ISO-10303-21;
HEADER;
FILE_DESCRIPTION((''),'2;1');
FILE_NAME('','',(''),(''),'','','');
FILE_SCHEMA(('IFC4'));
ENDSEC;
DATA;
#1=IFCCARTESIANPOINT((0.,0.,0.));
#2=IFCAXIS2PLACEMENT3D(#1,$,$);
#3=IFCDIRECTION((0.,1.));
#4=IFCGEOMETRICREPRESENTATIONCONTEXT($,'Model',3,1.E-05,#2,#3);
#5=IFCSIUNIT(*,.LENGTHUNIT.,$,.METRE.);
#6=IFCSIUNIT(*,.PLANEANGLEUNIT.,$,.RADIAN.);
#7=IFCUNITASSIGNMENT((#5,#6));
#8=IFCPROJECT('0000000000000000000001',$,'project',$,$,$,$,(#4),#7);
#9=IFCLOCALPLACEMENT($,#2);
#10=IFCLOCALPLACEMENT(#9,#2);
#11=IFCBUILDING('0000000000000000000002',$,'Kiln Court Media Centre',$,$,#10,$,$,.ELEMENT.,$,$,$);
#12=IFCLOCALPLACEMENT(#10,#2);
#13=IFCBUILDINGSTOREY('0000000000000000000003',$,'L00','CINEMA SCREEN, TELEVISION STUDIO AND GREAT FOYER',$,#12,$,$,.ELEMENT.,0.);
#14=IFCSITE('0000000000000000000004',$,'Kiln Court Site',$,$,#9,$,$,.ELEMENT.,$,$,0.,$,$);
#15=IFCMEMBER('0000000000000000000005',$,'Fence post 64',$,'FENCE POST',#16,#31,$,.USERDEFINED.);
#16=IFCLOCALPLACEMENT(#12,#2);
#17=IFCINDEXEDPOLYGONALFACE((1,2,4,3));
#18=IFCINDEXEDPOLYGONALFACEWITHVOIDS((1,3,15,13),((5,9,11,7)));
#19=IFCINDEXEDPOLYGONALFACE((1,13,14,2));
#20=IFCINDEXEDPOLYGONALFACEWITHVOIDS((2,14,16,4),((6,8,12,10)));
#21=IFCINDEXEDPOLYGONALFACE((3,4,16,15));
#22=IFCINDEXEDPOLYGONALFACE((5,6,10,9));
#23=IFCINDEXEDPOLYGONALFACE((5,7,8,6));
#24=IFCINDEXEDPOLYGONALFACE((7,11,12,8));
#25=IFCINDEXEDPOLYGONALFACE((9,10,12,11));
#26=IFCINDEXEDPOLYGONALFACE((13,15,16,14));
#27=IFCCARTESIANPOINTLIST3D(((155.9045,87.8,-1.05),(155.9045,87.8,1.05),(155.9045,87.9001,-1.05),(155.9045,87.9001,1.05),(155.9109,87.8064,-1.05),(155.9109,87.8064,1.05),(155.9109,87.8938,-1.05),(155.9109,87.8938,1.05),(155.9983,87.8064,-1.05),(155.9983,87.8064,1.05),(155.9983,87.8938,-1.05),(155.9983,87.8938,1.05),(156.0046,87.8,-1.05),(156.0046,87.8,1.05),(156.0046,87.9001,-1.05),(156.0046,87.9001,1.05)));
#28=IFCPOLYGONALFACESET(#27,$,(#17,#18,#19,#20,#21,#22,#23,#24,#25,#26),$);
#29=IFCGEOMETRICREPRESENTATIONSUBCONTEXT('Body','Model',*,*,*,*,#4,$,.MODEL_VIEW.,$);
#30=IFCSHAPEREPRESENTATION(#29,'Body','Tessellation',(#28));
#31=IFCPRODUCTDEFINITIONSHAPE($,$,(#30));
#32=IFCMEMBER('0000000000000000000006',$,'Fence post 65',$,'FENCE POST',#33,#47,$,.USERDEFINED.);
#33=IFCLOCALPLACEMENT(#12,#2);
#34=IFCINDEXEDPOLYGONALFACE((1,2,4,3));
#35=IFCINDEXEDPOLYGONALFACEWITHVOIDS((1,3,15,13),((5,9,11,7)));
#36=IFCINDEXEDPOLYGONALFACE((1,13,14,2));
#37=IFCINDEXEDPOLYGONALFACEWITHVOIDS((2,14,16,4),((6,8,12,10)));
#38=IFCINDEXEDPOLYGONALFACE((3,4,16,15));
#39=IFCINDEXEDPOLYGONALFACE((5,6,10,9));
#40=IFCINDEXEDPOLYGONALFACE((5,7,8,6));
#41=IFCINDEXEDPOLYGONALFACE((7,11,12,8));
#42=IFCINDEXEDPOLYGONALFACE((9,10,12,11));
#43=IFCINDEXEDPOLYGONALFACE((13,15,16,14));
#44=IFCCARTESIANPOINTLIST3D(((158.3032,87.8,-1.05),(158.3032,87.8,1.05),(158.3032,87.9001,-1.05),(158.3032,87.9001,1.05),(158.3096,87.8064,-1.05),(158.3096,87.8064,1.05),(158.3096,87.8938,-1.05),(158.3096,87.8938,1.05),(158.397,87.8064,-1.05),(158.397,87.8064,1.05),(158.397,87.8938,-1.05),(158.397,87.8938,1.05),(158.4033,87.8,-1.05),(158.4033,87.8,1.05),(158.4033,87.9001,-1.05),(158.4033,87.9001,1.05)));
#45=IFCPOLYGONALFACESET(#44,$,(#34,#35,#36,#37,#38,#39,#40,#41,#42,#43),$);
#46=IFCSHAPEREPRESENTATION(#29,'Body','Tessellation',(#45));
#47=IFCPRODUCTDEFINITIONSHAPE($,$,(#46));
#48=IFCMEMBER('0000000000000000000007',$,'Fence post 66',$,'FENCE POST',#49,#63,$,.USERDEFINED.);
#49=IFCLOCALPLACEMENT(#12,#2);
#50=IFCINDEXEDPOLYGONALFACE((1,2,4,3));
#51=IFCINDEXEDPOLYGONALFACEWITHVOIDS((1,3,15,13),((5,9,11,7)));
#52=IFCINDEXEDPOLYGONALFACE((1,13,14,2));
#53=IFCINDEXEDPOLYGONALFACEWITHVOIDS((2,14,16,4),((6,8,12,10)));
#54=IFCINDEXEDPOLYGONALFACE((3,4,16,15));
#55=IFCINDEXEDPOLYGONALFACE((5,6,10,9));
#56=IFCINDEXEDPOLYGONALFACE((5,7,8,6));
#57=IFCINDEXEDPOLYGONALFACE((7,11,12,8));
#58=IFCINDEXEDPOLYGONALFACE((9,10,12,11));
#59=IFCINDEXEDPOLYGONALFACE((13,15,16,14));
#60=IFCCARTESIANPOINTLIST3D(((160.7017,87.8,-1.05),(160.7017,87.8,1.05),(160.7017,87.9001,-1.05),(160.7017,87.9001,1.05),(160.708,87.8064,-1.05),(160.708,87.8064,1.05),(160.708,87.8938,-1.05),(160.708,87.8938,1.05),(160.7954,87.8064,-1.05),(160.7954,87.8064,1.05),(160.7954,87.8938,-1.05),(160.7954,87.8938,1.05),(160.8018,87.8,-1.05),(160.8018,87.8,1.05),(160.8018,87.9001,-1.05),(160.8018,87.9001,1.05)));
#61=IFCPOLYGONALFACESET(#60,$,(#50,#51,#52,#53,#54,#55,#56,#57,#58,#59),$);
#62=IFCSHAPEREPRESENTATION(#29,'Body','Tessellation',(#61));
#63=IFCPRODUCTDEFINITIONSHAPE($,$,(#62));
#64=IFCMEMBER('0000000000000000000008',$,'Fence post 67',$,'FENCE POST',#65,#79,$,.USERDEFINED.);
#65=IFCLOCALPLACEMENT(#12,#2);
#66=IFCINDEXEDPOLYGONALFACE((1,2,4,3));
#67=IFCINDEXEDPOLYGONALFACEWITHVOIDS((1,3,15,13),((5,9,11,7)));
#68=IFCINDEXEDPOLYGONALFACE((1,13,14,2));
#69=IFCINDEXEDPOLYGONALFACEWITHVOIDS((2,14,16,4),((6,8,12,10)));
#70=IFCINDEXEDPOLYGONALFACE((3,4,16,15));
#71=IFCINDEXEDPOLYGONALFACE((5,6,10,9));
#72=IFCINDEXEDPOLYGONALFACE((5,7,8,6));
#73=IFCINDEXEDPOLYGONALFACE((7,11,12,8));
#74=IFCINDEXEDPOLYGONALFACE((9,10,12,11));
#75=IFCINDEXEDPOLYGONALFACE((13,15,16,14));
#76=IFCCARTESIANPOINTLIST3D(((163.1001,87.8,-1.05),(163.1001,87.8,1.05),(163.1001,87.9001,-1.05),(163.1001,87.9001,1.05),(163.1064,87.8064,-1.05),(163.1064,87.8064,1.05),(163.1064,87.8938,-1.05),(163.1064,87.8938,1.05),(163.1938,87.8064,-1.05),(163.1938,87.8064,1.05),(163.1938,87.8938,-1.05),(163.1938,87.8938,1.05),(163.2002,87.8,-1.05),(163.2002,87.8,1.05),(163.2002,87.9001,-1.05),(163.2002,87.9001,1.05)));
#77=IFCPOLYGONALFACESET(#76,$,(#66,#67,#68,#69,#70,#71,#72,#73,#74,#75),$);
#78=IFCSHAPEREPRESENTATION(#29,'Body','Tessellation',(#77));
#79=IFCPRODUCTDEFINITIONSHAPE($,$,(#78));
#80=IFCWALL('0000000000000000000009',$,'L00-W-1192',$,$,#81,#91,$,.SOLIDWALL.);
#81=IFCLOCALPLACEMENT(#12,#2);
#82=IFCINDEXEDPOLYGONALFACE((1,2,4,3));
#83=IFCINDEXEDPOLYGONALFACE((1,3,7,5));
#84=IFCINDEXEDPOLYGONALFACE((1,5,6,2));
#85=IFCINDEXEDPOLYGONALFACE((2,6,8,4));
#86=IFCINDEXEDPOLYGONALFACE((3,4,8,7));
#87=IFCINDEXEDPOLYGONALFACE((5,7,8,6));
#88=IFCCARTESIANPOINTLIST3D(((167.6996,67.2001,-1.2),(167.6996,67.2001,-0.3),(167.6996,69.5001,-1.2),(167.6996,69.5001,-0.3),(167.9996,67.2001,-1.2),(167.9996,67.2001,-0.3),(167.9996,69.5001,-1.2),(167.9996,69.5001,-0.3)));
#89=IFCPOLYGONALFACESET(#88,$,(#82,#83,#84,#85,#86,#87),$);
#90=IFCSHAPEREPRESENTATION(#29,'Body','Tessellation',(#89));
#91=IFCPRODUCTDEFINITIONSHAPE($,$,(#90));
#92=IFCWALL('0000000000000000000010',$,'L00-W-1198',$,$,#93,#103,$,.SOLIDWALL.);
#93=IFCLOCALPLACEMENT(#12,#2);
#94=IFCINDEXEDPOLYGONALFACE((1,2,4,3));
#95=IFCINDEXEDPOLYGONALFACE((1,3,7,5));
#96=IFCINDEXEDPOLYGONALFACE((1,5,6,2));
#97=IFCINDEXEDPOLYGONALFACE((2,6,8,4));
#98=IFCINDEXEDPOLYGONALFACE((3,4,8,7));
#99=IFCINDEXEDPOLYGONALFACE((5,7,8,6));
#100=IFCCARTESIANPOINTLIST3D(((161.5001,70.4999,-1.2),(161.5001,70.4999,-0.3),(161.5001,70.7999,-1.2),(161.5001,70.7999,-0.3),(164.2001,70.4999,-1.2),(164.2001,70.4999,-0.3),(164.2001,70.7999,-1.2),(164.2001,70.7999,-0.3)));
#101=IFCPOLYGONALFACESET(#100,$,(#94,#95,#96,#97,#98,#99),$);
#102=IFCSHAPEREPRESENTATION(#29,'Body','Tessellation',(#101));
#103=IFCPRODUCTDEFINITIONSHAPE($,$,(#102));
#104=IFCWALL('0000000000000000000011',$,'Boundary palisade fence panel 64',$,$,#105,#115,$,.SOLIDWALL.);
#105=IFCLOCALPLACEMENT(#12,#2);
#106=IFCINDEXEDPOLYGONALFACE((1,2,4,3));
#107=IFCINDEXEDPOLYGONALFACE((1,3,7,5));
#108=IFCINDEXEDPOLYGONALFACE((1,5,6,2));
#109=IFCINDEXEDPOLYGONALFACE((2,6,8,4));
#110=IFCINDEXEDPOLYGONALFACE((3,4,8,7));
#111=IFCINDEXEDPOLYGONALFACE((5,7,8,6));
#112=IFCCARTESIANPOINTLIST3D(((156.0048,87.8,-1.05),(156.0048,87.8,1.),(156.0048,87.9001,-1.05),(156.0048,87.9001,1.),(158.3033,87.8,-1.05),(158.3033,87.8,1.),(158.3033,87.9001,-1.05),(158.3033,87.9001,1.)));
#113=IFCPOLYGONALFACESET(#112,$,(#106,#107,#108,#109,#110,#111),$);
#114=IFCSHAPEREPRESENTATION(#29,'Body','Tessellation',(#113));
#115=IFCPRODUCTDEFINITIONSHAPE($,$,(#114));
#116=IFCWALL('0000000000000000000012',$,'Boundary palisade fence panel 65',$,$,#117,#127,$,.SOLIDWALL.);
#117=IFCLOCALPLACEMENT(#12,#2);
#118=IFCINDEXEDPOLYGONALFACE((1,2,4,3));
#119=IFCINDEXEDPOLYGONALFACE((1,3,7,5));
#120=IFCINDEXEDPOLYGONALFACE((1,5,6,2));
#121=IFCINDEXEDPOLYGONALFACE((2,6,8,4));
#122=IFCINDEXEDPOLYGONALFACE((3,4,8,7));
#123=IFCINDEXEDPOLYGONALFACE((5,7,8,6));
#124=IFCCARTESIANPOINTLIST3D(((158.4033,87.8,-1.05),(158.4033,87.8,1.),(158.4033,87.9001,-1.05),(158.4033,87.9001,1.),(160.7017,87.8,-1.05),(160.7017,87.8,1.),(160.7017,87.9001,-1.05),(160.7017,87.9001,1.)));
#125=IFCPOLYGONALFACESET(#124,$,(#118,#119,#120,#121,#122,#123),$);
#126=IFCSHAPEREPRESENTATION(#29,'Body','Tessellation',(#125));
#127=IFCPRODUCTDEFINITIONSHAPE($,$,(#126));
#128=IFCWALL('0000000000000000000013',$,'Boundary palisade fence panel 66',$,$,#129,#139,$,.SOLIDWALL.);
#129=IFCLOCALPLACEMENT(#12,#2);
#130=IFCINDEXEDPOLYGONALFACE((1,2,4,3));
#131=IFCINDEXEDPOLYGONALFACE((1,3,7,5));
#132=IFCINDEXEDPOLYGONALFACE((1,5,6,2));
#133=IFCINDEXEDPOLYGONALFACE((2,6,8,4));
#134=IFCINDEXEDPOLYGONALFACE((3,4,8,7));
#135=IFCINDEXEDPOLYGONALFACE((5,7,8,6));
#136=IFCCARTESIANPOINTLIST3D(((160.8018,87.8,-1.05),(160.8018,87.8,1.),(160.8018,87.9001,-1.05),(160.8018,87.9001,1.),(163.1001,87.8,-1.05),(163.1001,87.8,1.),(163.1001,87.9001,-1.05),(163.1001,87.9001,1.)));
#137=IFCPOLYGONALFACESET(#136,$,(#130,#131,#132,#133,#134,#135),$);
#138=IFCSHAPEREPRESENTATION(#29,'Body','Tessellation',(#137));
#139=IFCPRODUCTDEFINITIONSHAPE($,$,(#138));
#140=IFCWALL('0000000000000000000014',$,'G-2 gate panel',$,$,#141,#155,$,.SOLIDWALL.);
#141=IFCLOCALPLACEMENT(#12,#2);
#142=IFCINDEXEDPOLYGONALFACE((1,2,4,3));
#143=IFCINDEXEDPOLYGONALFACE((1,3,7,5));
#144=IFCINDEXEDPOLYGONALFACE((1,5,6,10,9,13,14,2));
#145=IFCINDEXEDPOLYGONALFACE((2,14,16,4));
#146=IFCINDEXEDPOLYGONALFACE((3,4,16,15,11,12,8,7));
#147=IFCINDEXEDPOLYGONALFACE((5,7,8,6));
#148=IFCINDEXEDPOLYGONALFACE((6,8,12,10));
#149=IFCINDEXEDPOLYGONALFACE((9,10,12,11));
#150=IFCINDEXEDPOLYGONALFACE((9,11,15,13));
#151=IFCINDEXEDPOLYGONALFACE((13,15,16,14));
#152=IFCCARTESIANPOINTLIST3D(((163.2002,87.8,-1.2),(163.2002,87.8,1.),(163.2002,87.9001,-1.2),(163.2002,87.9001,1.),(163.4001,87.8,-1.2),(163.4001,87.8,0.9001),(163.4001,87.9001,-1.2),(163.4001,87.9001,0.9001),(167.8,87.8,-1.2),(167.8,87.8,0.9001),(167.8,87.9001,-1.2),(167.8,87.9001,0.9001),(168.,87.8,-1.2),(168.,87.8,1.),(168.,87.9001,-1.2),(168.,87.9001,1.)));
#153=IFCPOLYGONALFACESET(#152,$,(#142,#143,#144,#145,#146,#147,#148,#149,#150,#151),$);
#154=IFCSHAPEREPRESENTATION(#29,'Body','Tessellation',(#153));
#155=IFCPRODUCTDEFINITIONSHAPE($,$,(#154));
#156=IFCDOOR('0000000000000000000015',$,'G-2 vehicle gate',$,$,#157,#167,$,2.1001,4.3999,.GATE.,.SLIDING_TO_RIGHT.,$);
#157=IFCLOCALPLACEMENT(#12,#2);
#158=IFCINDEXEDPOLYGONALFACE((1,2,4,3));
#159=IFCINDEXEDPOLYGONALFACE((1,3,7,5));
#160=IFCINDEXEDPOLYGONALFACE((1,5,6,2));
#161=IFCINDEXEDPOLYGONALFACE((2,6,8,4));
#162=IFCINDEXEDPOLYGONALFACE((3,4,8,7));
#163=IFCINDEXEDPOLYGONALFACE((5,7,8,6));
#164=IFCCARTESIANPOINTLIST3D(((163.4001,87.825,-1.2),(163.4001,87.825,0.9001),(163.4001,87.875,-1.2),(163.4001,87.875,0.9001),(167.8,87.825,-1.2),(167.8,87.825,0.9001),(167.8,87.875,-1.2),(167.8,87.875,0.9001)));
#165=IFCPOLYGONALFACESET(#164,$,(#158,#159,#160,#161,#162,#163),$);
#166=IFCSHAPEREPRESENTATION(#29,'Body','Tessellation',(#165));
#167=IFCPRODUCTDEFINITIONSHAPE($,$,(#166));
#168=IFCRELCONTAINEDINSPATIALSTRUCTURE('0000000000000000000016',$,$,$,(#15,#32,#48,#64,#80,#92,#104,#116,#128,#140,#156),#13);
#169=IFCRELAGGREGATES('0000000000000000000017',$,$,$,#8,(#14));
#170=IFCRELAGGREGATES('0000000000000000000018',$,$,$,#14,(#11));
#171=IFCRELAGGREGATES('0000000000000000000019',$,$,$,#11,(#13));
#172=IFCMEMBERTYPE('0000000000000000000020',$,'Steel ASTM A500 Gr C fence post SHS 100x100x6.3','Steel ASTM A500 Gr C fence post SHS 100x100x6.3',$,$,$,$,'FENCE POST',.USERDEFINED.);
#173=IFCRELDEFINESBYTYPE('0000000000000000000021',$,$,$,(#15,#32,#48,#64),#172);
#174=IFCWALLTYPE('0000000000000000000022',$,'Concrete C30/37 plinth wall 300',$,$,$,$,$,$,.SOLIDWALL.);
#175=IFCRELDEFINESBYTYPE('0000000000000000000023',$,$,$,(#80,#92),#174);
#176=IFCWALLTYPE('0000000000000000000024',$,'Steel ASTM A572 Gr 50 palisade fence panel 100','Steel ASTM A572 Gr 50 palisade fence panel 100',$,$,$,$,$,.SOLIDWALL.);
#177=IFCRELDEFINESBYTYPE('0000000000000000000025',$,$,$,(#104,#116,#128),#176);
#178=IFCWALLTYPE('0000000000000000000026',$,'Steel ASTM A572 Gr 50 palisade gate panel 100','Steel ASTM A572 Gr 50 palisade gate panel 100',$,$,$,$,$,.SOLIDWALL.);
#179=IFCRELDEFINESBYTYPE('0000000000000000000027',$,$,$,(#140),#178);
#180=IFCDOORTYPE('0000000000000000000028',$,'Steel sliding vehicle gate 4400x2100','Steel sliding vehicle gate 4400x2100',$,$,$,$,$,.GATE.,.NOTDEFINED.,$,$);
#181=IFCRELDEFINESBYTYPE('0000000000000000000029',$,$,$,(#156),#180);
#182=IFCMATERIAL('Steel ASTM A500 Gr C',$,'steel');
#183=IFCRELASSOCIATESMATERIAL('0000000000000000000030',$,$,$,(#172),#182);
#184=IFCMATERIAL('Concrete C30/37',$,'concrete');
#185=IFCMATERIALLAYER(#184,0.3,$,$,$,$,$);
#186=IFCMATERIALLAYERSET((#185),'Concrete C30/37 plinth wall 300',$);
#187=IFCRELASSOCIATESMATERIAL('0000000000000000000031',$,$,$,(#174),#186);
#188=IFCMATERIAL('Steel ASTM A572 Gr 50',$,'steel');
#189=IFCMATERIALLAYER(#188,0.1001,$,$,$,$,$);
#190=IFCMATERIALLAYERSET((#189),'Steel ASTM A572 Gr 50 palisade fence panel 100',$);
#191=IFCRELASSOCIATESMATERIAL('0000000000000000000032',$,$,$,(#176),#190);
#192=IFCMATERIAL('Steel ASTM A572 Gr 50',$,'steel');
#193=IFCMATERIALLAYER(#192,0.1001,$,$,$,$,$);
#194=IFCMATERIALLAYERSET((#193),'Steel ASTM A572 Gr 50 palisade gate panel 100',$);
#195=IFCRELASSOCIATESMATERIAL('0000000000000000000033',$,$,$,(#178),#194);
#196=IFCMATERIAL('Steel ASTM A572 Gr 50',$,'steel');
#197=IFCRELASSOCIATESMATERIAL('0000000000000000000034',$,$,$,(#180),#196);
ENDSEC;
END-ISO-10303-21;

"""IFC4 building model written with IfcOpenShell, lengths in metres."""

from ifc_helpers import new_model, si_unit, direction, frame, frame_2d, origin, origin_2d, place, context, subcontext, project, spatial, rectangle, hollow_rectangle, extrude, material, layer, layer_set, material_profile, profile_set, type_object, element, fill, save


model = new_model("IFC4")

# Units and contexts
model_context = context("Model", 3, precision=1e-05, world=origin(), true_north=direction((0.0, 1.0)))
body_context = subcontext(model_context, "Body", "Model", "MODEL_VIEW")
ifc_project = project(units=[si_unit("LENGTHUNIT", "METRE"), si_unit("PLANEANGLEUNIT", "RADIAN")], contexts=[model_context])

# Site, building, storey
site_placement = place(None, origin())
site = spatial("IfcSite", under=ifc_project, at=site_placement, Name="Kiln Court Site", CompositionType="ELEMENT", RefElevation=0.0)
building_placement = place(site_placement, origin())
building = spatial("IfcBuilding", under=site, at=building_placement, Name="Kiln Court Media Centre", CompositionType="ELEMENT")
storey_placement = place(building_placement, origin())
storey = spatial("IfcBuildingStorey", under=building, at=storey_placement, Name="L00", Description="CINEMA SCREEN, TELEVISION STUDIO AND GREAT FOYER", CompositionType="ELEMENT", Elevation=0.0)

# Members
ifc_material_1 = material(Name="Steel ASTM A500 Gr C", Category="steel")
ifc_material_profile_1 = material_profile(ifc_material_1, hollow_rectangle(XDim=0.1001, YDim=0.1001, WallThickness=0.0063, at=origin_2d()), Name="SHS 100x100x6.3")
ifc_profile_set_1 = profile_set([ifc_material_profile_1], Name="Steel ASTM A500 Gr C")
member_type = type_object("IfcMemberType", Name="Steel ASTM A500 Gr C fence post SHS 100x100x6.3", Description="Steel ASTM A500 Gr C fence post SHS 100x100x6.3", ElementType="FENCE POST", PredefinedType="USERDEFINED", material=ifc_profile_set_1)
for number, where, z_axis, x_axis, name in (
    (1, (155.9546, 87.8501, -1.05), (0.0, 0.0, 1.0), (1.0, 0.0, 0.0), "Fence post 64"),
    (2, (158.3533, 87.8501, -1.05), (0.0, 0.0, 1.0), (1.0, 0.0, 0.0), "Fence post 65"),
    (3, (160.7517, 87.8501, -1.05), (0.0, 0.0, 1.0), (1.0, 0.0, 0.0), "Fence post 66"),
    (4, (163.1501, 87.8501, -1.05), (0.0, 0.0, 1.0), (1.0, 0.0, 0.0), "Fence post 67"),
):
    element("IfcMember", number, at=place(storey_placement, frame(where, z_axis=z_axis, x_axis=x_axis)), inside=storey, type_object=member_type, Name=name, ObjectType="FENCE POST", PredefinedType="USERDEFINED", context=body_context, shape_type="SweptSolid", body=[
        extrude(hollow_rectangle(XDim=0.1001, YDim=0.1001, WallThickness=0.0063, at=origin_2d()), origin(), (0.0, 0.0, 1.0), 2.1001),
    ])

# Walls
ifc_material_2 = material(Name="Concrete C30/37", Category="concrete")
ifc_layer_1 = layer(ifc_material_2, 0.3)
ifc_layer_set_1 = layer_set([ifc_layer_1], Name="Concrete C30/37 plinth wall 300")
wall_type_1 = type_object("IfcWallType", Name="Concrete C30/37 plinth wall 300", PredefinedType="SOLIDWALL", material=ifc_layer_set_1)
wall_1_placement = place(storey_placement, frame((167.8496, 69.5, -1.2), z_axis=(0.0, 0.0, 1.0), x_axis=(0.0, -1.0, 0.0)))
element("IfcWall", 5, at=wall_1_placement, inside=storey, type_object=wall_type_1, Name="L00-W-1192", PredefinedType="SOLIDWALL", context=body_context, shape_type="SweptSolid", body=[
    extrude(rectangle(XDim=2.3, YDim=0.3, at=frame_2d((1.1499, 0.0))), origin(), (0.0, 0.0, 1.0), 0.8999),
])
wall_2_placement = place(storey_placement, frame((161.5, 70.6499, -1.2), z_axis=(0.0, 0.0, 1.0), x_axis=(1.0, 0.0, 0.0)))
element("IfcWall", 6, at=wall_2_placement, inside=storey, type_object=wall_type_1, Name="L00-W-1198", PredefinedType="SOLIDWALL", context=body_context, shape_type="SweptSolid", body=[
    extrude(rectangle(XDim=2.7, YDim=0.3, at=frame_2d((1.3501, 0.0))), origin(), (0.0, 0.0, 1.0), 0.8999),
])
ifc_material_3 = material(Name="Steel ASTM A572 Gr 50", Category="steel")
ifc_layer_2 = layer(ifc_material_3, 0.1001)
ifc_layer_set_2 = layer_set([ifc_layer_2], Name="Steel ASTM A572 Gr 50 palisade fence panel 100")
wall_type_2 = type_object("IfcWallType", Name="Steel ASTM A572 Gr 50 palisade fence panel 100", Description="Steel ASTM A572 Gr 50 palisade fence panel 100", PredefinedType="SOLIDWALL", material=ifc_layer_set_2)
wall_3_placement = place(storey_placement, frame((156.0046, 87.8501, -1.05), z_axis=(0.0, 0.0, 1.0), x_axis=(1.0, 0.0, 0.0)))
element("IfcWall", 7, at=wall_3_placement, inside=storey, type_object=wall_type_2, Name="Boundary palisade fence panel 64", PredefinedType="SOLIDWALL", context=body_context, shape_type="SweptSolid", body=[
    extrude(rectangle(XDim=2.2986, YDim=0.1001, at=frame_2d((1.1494, 0.0))), origin(), (0.0, 0.0, 1.0), 2.05),
])
for number, where, z_axis, x_axis, name in (
    (8, (158.4033, 87.8501, -1.05), (0.0, 0.0, 1.0), (1.0, 0.0, 0.0), "Boundary palisade fence panel 65"),
    (9, (160.8018, 87.8501, -1.05), (0.0, 0.0, 1.0), (1.0, 0.0, 0.0), "Boundary palisade fence panel 66"),
):
    element("IfcWall", number, at=place(storey_placement, frame(where, z_axis=z_axis, x_axis=x_axis)), inside=storey, type_object=wall_type_2, Name=name, PredefinedType="SOLIDWALL", context=body_context, shape_type="SweptSolid", body=[
        extrude(rectangle(XDim=2.2983, YDim=0.1001, at=frame_2d((1.1492, 0.0))), origin(), (0.0, 0.0, 1.0), 2.05),
    ])

# Wall, opening, door
ifc_material_4 = material(Name="Steel ASTM A572 Gr 50", Category="steel")
ifc_layer_3 = layer(ifc_material_4, 0.1001)
ifc_layer_set_3 = layer_set([ifc_layer_3], Name="Steel ASTM A572 Gr 50 palisade gate panel 100")
wall_type_3 = type_object("IfcWallType", Name="Steel ASTM A572 Gr 50 palisade gate panel 100", Description="Steel ASTM A572 Gr 50 palisade gate panel 100", PredefinedType="SOLIDWALL", material=ifc_layer_set_3)
wall_4_placement = place(storey_placement, frame((163.2002, 87.8501, -1.2), z_axis=(0.0, 0.0, 1.0), x_axis=(1.0, 0.0, 0.0)))
wall_4 = element("IfcWall", 10, at=wall_4_placement, inside=storey, type_object=wall_type_3, Name="G-2 gate panel", PredefinedType="SOLIDWALL", context=body_context, shape_type="SweptSolid", body=[
    extrude(rectangle(XDim=4.7998, YDim=0.1001, at=frame_2d((2.3999, 0.0))), origin(), (0.0, 0.0, 1.0), 2.2),
])
opening_placement = place(wall_4_placement, frame((0.2, 0.0, 0.0)))
opening = element("IfcOpeningElement", 11, at=opening_placement, cuts=wall_4, PredefinedType="OPENING", context=body_context, shape_type="SweptSolid", body=[
    extrude(rectangle(XDim=4.3999, YDim=2.1001, at=frame_2d((2.2, 1.05))), frame((0.0, 0.0601, 0.0), z_axis=(0.0, -1.0, 0.0), x_axis=(1.0, 0.0, 0.0)), (0.0, 0.0, 1.0), 0.1201),
])
ifc_material_5 = material(Name="Steel ASTM A572 Gr 50", Category="steel")
door_type = type_object("IfcDoorType", Name="Steel sliding vehicle gate 4400x2100", Description="Steel sliding vehicle gate 4400x2100", OperationType="NOTDEFINED", PredefinedType="GATE", material=ifc_material_5)
door_placement = place(opening_placement, origin())
door = element("IfcDoor", 12, at=door_placement, inside=storey, type_object=door_type, Name="G-2 vehicle gate", OperationType="SLIDING_TO_RIGHT", OverallHeight=2.1001, OverallWidth=4.3999, PredefinedType="GATE", context=body_context, shape_type="SweptSolid", body=[
    extrude(rectangle(XDim=4.3999, YDim=2.1001, at=frame_2d((2.2, 1.05))), frame((0.0, 0.0249, 0.0), z_axis=(0.0, -1.0, 0.0), x_axis=(1.0, 0.0, 0.0)), (0.0, 0.0, 1.0), 0.05),
])
fill(opening, door)

save(model, "model.ifc")
